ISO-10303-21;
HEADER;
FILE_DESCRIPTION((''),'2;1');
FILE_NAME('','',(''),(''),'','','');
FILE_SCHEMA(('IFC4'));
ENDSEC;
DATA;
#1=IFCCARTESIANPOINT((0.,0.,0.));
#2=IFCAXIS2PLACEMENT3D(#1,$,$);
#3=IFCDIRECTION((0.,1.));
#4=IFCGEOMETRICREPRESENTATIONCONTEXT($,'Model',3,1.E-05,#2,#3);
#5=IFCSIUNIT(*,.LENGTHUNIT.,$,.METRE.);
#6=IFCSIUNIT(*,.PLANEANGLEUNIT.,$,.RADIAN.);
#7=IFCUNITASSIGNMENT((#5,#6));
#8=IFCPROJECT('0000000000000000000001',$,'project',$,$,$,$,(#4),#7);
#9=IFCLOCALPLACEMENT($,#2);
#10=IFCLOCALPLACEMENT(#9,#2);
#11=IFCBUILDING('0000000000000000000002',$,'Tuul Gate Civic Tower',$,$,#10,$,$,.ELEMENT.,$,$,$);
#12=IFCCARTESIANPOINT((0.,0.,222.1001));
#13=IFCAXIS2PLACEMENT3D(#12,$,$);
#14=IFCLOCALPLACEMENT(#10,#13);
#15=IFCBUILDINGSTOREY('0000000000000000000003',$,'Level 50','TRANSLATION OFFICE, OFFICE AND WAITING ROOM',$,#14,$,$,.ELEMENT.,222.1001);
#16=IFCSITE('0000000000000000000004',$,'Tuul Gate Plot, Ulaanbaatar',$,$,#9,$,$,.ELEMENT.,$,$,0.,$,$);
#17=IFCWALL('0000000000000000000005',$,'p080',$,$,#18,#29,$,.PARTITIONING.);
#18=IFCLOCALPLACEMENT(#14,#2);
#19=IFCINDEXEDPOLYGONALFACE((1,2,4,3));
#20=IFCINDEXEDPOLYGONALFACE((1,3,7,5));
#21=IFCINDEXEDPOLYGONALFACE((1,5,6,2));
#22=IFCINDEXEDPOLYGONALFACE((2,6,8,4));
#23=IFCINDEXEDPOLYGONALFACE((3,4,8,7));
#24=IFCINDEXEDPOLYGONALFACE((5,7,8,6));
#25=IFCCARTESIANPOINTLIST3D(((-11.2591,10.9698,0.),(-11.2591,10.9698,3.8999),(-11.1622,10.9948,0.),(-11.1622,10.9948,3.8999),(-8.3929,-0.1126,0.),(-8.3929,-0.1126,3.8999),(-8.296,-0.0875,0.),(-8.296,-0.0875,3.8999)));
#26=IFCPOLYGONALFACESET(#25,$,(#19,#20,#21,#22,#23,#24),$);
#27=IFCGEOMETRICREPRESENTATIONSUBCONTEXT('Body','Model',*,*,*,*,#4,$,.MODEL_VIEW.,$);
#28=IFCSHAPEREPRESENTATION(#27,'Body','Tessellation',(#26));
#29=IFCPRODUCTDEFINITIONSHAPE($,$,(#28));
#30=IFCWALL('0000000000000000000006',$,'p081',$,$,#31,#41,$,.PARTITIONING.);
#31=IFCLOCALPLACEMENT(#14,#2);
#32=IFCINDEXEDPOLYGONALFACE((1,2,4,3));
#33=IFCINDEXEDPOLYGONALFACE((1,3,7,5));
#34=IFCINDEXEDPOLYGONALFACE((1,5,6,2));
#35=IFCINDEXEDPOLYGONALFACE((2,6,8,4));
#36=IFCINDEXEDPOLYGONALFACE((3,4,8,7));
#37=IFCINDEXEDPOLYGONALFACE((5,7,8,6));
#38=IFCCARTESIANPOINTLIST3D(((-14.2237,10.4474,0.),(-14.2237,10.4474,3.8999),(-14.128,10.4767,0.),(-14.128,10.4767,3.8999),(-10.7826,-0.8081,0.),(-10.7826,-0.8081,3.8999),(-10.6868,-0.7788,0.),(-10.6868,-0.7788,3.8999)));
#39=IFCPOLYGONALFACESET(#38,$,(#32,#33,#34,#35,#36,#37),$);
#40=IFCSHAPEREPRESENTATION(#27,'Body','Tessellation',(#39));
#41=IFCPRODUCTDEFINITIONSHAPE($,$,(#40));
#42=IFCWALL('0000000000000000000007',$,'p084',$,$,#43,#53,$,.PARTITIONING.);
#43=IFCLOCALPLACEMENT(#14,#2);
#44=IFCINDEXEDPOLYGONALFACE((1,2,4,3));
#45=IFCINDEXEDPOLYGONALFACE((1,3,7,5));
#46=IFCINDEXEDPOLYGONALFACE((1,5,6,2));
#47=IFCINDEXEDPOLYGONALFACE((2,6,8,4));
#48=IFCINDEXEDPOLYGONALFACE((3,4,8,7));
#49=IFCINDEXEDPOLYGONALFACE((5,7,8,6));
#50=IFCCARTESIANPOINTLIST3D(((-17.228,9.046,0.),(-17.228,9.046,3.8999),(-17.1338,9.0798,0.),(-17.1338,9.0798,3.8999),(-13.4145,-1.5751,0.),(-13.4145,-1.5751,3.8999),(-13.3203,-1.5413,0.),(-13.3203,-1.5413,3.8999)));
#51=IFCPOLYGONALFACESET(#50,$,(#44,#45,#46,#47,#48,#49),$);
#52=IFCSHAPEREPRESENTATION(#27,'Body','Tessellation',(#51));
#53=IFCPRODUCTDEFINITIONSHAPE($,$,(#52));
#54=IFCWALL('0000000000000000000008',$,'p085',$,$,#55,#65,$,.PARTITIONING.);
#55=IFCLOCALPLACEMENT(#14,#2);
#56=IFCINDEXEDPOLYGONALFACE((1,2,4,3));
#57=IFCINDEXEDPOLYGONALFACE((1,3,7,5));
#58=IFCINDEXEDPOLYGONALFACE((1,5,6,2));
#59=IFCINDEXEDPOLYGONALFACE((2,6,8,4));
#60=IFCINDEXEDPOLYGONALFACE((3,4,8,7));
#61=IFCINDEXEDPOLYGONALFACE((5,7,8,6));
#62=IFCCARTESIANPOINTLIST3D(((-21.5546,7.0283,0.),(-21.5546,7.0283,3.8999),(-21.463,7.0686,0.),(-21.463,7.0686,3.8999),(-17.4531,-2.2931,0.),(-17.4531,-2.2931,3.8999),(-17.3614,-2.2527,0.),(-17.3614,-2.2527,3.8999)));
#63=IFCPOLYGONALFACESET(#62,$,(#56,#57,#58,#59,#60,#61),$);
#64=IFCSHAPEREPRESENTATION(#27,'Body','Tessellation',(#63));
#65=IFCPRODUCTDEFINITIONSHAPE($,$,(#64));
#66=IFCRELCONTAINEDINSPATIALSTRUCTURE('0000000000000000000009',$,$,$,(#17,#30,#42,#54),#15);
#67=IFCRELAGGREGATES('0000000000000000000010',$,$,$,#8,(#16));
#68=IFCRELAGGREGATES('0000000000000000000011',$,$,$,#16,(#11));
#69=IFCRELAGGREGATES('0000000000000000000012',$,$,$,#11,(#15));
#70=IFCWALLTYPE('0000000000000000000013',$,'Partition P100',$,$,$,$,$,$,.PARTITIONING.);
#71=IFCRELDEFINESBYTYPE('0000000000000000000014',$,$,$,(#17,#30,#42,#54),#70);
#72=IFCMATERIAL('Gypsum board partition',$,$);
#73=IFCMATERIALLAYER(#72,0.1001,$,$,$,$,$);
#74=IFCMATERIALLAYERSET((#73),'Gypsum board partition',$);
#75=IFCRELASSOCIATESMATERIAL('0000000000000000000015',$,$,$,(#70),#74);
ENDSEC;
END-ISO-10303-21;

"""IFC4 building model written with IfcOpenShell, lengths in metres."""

from ifc_helpers import new_model, si_unit, direction, frame, frame_2d, origin, place, context, subcontext, project, spatial, rectangle, extrude, material, layer, layer_set, type_object, element, save


model = new_model("IFC4")

# Units and contexts
model_context = context("Model", 3, precision=1e-05, world=origin(), true_north=direction((0.0, 1.0)))
body_context = subcontext(model_context, "Body", "Model", "MODEL_VIEW")
ifc_project = project(units=[si_unit("LENGTHUNIT", "METRE"), si_unit("PLANEANGLEUNIT", "RADIAN")], contexts=[model_context])

# Site, building, storey
site_placement = place(None, origin())
site = spatial("IfcSite", under=ifc_project, at=site_placement, Name="Tuul Gate Plot, Ulaanbaatar", CompositionType="ELEMENT", RefElevation=0.0)
building_placement = place(site_placement, origin())
building = spatial("IfcBuilding", under=site, at=building_placement, Name="Tuul Gate Civic Tower", CompositionType="ELEMENT")
storey_placement = place(building_placement, frame((0.0, 0.0, 222.1001)))
storey = spatial("IfcBuildingStorey", under=building, at=storey_placement, Name="Level 50", Description="TRANSLATION OFFICE, OFFICE AND WAITING ROOM", CompositionType="ELEMENT", Elevation=222.1001)

# Walls
ifc_material_1 = material(Name="Gypsum board partition")
ifc_layer_1 = layer(ifc_material_1, 0.1001)
ifc_layer_set_1 = layer_set([ifc_layer_1], Name="Gypsum board partition")
wall_type_1 = type_object("IfcWallType", Name="Partition P100", PredefinedType="PARTITIONING", material=ifc_layer_set_1)
wall_1_placement = place(storey_placement, frame((-11.2107, 10.9824, 0.0), z_axis=(0.0, 0.0, 1.0), x_axis=(0.250391, -0.968145, 0.0)))
element("IfcWall", 1, at=wall_1_placement, inside=storey, type_object=wall_type_1, Name="p080", PredefinedType="PARTITIONING", context=body_context, shape_type="SweptSolid", body=[
    extrude(rectangle(XDim=11.447, YDim=0.1001, at=frame_2d((5.7236, 0.0))), origin(), (0.0, 0.0, 1.0), 3.8999),
])
wall_2_placement = place(storey_placement, frame((-14.1758, 10.4619, 0.0), z_axis=(0.0, 0.0, 1.0), x_axis=(0.29237, -0.956305, 0.0)))
element("IfcWall", 2, at=wall_2_placement, inside=storey, type_object=wall_type_1, Name="p081", PredefinedType="PARTITIONING", context=body_context, shape_type="SweptSolid", body=[
    extrude(rectangle(XDim=11.7698, YDim=0.1001, at=frame_2d((5.8848, 0.0))), origin(), (0.0, 0.0, 1.0), 3.8999),
])
wall_3_placement = place(storey_placement, frame((-17.1809, 9.063, 0.0), z_axis=(0.0, 0.0, 1.0), x_axis=(0.337926, -0.941173, 0.0)))
element("IfcWall", 3, at=wall_3_placement, inside=storey, type_object=wall_type_1, Name="p084", PredefinedType="PARTITIONING", context=body_context, shape_type="SweptSolid", body=[
    extrude(rectangle(XDim=11.2849, YDim=0.1001, at=frame_2d((5.6426, 0.0))), origin(), (0.0, 0.0, 1.0), 3.8999),
])
wall_4_placement = place(storey_placement, frame((-21.5088, 7.0483, 0.0), z_axis=(0.0, 0.0, 1.0), x_axis=(0.402755, -0.915308, 0.0)))
element("IfcWall", 4, at=wall_4_placement, inside=storey, type_object=wall_type_1, Name="p085", PredefinedType="PARTITIONING", context=body_context, shape_type="SweptSolid", body=[
    extrude(rectangle(XDim=10.1838, YDim=0.1001, at=frame_2d((5.0918, 0.0))), origin(), (0.0, 0.0, 1.0), 3.8999),
])

save(model, "model.ifc")
